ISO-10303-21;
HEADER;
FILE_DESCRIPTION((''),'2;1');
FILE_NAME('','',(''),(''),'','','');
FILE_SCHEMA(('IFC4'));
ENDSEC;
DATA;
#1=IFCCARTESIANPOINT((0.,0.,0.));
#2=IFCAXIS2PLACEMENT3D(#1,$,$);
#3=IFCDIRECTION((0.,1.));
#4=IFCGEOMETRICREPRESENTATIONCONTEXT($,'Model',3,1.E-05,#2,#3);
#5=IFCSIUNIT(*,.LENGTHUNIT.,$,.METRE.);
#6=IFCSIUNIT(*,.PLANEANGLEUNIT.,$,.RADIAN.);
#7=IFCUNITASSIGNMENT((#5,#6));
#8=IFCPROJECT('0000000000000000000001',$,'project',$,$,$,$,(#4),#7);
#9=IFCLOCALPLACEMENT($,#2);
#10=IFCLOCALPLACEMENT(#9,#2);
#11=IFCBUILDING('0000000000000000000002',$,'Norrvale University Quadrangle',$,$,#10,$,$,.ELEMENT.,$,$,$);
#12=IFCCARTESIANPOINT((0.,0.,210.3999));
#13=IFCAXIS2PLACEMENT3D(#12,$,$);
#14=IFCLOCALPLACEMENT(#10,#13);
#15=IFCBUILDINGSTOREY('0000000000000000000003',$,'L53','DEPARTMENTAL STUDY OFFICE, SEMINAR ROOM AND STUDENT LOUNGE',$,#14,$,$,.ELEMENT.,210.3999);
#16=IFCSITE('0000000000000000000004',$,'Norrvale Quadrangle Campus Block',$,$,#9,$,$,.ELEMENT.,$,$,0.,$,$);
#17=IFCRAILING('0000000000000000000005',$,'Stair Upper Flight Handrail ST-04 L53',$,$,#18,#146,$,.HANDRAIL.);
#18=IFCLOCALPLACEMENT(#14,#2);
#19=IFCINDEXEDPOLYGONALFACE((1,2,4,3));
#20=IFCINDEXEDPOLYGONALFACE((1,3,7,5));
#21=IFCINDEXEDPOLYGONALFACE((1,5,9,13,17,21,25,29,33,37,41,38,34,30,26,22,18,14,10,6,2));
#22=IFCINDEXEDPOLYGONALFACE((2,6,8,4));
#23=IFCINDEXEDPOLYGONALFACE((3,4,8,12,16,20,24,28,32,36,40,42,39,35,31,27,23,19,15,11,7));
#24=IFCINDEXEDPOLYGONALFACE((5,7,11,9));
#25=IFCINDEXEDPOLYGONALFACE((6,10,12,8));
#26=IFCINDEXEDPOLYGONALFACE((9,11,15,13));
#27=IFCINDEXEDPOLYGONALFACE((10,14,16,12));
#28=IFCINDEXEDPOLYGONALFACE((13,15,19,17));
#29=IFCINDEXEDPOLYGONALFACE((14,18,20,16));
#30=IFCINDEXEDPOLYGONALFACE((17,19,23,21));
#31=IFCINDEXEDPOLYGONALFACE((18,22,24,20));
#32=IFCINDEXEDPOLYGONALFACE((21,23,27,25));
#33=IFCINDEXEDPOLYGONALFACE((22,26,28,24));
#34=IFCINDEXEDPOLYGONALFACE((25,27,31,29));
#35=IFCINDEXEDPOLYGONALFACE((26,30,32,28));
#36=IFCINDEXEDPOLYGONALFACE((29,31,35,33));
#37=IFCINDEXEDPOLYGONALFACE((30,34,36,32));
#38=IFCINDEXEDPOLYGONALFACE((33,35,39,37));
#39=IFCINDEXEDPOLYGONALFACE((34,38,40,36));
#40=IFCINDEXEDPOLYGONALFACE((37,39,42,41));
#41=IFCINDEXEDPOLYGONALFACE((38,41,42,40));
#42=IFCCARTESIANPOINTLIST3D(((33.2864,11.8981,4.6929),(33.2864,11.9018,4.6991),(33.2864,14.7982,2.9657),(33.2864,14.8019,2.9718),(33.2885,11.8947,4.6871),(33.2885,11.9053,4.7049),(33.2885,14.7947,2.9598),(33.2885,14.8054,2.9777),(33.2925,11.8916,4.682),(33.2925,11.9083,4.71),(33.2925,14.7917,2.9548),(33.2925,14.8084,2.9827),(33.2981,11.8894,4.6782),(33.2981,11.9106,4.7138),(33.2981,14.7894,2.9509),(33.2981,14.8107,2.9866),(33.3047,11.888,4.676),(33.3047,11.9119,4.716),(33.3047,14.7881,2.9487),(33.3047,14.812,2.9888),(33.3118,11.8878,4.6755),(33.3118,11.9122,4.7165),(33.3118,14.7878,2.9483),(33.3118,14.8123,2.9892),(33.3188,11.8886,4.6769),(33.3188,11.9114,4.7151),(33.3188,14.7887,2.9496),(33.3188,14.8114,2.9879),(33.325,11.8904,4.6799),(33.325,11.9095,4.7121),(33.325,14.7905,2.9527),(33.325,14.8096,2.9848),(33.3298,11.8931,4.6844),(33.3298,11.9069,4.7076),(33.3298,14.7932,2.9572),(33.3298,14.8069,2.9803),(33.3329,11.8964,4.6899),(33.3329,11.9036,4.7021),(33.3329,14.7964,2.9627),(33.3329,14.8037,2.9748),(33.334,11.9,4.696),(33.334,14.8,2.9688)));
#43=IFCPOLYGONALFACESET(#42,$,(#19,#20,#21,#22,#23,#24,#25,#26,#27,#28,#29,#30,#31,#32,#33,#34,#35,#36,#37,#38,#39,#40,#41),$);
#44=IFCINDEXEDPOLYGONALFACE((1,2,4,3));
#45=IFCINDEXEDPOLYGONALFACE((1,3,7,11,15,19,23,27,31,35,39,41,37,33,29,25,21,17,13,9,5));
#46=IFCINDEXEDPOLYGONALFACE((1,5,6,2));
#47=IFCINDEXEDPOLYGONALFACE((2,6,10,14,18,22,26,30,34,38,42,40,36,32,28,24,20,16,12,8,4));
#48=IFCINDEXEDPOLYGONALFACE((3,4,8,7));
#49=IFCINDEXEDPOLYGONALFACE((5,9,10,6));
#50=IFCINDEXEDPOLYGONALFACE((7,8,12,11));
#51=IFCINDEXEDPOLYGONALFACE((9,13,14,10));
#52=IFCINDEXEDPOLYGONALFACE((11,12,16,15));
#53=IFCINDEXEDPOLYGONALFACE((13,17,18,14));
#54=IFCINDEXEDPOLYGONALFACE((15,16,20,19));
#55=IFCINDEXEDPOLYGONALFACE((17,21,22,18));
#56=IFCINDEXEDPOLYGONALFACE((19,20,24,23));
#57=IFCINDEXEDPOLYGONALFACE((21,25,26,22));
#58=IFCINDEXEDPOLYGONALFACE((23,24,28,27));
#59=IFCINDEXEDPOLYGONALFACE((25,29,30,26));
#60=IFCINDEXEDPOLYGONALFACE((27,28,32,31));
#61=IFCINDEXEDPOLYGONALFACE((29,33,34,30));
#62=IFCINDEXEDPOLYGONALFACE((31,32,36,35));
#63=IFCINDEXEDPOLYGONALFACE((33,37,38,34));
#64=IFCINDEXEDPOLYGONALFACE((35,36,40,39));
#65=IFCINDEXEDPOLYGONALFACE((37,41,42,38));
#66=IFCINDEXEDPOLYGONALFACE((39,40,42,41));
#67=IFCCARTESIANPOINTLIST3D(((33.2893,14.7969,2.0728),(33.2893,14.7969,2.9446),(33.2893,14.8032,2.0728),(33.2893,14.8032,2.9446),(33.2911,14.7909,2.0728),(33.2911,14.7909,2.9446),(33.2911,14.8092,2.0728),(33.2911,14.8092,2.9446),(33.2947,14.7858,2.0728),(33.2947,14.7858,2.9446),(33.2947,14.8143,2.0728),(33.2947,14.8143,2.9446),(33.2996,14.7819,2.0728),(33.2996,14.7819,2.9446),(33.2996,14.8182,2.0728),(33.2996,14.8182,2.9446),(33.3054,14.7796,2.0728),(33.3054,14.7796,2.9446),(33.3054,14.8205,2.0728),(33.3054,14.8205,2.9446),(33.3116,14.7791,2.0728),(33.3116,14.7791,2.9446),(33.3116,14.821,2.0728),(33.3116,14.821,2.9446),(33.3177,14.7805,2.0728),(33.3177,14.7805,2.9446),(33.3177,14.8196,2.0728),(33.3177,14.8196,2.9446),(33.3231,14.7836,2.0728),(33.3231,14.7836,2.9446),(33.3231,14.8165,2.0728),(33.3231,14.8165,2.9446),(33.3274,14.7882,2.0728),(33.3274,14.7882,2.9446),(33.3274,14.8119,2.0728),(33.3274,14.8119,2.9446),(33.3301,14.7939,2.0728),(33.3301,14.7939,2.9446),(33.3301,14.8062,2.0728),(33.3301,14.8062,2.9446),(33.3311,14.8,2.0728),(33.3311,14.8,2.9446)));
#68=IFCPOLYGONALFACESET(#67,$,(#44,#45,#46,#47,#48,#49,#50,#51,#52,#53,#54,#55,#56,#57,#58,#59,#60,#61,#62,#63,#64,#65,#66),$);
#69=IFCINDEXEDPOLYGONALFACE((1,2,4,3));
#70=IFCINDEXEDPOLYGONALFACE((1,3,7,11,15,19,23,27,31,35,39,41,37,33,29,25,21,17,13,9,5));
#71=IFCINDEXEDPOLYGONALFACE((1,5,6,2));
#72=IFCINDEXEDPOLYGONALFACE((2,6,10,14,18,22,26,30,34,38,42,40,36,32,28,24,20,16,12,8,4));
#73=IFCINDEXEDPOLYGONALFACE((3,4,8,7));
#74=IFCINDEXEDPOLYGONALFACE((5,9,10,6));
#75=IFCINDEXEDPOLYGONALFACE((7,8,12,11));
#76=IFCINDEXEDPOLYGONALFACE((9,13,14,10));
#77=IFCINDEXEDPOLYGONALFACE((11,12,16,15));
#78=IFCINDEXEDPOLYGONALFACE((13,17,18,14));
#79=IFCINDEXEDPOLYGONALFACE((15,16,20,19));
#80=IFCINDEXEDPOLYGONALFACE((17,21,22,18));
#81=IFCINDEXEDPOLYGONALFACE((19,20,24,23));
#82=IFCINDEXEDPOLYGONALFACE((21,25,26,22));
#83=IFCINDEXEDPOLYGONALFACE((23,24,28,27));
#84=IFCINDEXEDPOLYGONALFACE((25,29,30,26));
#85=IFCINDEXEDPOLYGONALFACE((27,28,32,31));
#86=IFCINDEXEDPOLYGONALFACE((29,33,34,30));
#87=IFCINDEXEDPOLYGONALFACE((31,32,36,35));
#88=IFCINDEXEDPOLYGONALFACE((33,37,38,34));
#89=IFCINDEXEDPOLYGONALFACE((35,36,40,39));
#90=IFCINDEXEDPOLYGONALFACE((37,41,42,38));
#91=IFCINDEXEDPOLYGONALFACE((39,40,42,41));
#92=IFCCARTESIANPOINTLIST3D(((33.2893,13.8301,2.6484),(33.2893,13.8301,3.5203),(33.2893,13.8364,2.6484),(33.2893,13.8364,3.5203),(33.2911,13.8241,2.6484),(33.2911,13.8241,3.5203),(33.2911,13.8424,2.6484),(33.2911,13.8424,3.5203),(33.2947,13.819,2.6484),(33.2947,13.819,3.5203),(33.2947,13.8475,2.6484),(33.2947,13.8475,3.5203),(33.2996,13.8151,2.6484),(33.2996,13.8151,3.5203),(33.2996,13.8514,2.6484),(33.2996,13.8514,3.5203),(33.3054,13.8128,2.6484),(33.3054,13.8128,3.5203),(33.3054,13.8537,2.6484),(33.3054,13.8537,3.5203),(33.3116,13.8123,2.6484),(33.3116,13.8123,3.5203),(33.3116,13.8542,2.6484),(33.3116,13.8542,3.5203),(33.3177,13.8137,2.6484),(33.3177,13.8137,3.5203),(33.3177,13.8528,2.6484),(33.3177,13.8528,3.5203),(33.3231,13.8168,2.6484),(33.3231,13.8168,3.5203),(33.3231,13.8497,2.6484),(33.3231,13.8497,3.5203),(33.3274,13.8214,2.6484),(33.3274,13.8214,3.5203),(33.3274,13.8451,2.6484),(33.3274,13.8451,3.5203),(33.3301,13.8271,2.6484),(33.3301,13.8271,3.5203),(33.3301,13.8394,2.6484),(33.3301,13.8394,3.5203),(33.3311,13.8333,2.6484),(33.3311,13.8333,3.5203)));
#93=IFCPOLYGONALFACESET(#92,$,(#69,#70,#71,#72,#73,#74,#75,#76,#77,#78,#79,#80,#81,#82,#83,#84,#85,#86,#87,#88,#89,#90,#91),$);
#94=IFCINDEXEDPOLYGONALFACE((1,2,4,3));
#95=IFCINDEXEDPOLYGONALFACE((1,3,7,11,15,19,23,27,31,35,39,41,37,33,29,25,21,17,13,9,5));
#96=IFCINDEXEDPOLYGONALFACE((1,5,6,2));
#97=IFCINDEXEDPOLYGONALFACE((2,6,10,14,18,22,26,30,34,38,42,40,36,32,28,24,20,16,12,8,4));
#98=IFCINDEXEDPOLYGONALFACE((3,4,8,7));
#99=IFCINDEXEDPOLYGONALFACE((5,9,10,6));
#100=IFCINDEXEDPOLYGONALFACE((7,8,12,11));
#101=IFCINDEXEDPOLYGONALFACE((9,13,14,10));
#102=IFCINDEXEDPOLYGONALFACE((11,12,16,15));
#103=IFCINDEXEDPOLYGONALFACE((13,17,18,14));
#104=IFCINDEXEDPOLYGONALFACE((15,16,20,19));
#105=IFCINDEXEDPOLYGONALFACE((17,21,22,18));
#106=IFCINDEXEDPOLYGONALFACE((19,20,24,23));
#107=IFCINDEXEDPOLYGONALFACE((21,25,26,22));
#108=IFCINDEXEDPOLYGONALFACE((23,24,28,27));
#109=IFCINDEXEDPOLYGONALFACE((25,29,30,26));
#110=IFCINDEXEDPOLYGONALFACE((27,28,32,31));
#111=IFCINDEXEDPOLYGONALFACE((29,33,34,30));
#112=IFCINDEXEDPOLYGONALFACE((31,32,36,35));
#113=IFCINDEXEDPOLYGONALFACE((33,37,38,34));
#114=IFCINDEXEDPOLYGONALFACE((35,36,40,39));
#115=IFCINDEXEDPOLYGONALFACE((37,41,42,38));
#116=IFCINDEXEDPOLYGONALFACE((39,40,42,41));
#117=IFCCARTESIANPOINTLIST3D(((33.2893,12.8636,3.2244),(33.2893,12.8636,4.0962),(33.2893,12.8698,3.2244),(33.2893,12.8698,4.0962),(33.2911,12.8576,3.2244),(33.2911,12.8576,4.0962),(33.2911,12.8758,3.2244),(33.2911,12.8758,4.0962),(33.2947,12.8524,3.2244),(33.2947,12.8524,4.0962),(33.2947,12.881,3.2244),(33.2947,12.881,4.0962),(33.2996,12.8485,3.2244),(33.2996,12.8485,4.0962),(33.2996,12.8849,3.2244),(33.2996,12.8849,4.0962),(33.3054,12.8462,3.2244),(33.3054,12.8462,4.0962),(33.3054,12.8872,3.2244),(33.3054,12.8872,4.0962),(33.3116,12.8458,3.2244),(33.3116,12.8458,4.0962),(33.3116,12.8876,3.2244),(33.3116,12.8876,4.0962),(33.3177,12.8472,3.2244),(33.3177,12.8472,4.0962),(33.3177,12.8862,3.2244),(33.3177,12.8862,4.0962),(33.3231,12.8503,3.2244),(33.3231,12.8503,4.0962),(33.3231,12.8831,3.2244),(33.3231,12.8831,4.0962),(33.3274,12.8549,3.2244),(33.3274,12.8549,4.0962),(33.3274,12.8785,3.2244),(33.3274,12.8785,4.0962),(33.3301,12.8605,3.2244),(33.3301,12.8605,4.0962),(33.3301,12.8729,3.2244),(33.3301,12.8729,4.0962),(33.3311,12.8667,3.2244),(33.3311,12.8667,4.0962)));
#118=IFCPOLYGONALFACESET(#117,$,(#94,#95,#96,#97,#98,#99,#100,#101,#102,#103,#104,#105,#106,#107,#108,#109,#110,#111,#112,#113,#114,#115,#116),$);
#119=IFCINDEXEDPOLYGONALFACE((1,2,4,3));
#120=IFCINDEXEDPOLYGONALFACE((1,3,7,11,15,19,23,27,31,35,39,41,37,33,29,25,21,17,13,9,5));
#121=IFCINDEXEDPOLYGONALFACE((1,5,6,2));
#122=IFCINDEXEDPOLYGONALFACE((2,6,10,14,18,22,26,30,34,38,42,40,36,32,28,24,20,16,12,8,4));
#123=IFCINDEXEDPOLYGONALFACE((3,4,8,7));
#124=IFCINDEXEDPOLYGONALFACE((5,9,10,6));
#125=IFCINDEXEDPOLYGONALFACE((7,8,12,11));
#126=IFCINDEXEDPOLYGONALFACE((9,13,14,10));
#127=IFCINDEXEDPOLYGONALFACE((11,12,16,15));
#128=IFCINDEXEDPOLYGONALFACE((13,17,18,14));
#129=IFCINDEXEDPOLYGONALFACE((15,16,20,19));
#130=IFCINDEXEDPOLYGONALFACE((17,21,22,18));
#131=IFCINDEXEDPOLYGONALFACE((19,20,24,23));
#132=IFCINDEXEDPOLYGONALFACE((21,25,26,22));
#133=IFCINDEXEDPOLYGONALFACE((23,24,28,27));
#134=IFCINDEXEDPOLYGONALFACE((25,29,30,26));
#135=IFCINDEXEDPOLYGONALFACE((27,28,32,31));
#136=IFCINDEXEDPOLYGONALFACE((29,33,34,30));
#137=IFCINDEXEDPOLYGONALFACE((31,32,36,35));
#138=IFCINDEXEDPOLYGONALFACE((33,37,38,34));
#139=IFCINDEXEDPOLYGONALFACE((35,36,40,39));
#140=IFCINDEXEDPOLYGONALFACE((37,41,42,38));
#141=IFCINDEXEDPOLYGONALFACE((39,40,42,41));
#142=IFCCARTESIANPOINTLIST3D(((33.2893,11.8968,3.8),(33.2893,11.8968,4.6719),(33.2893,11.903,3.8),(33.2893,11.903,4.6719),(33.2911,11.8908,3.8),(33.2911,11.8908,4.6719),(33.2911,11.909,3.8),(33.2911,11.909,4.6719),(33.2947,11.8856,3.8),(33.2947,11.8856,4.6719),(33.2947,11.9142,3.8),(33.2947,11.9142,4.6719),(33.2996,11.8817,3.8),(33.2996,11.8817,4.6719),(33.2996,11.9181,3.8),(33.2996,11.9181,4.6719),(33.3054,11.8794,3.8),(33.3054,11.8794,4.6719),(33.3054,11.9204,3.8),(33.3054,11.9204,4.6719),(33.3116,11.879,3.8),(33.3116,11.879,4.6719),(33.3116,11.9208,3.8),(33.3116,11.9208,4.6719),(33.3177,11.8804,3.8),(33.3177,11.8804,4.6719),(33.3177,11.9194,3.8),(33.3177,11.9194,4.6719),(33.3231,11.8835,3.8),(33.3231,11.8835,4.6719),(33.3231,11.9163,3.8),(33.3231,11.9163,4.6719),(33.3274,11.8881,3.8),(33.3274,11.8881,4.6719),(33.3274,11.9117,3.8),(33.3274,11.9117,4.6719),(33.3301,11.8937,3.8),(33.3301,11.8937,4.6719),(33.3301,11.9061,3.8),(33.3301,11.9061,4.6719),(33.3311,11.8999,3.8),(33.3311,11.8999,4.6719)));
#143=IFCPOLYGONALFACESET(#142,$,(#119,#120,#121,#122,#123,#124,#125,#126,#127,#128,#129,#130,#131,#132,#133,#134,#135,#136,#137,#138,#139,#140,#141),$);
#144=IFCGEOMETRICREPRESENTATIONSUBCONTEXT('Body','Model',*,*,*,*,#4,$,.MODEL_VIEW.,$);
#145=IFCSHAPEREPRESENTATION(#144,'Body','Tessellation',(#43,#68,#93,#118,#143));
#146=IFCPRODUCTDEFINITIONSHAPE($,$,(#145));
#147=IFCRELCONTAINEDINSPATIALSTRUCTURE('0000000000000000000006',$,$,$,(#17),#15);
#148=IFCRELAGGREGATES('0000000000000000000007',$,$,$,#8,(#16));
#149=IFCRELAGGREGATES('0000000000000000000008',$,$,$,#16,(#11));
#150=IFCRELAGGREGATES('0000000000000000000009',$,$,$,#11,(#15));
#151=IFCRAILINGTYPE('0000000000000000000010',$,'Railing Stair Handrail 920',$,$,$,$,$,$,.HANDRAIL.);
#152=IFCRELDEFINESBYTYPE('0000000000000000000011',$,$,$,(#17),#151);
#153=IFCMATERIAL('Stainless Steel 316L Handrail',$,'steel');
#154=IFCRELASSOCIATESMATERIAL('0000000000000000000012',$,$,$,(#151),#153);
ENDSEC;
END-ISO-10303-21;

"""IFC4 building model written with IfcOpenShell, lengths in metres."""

from ifc_helpers import new_model, si_unit, direction, frame, origin, origin_2d, place, context, subcontext, project, spatial, circle, extrude, material, type_object, element, save


model = new_model("IFC4")

# Units and contexts
model_context = context("Model", 3, precision=1e-05, world=origin(), true_north=direction((0.0, 1.0)))
body_context = subcontext(model_context, "Body", "Model", "MODEL_VIEW")
ifc_project = project(units=[si_unit("LENGTHUNIT", "METRE"), si_unit("PLANEANGLEUNIT", "RADIAN")], contexts=[model_context])

# Site, building, storey
site_placement = place(None, origin())
site = spatial("IfcSite", under=ifc_project, at=site_placement, Name="Norrvale Quadrangle Campus Block", CompositionType="ELEMENT", RefElevation=0.0)
building_placement = place(site_placement, origin())
building = spatial("IfcBuilding", under=site, at=building_placement, Name="Norrvale University Quadrangle", CompositionType="ELEMENT")
storey_placement = place(building_placement, frame((0.0, 0.0, 210.3999)))
storey = spatial("IfcBuildingStorey", under=building, at=storey_placement, Name="L53", Description="DEPARTMENTAL STUDY OFFICE, SEMINAR ROOM AND STUDENT LOUNGE", CompositionType="ELEMENT", Elevation=210.3999)

# Railing
ifc_material_1 = material(Name="Stainless Steel 316L Handrail", Category="steel")
railing_type_1 = type_object("IfcRailingType", Name="Railing Stair Handrail 920", PredefinedType="HANDRAIL", material=ifc_material_1)
railing_1_placement = place(storey_placement, frame((33.3101, 14.8, 2.0728)))
element("IfcRailing", 1, at=railing_1_placement, inside=storey, type_object=railing_type_1, Name="Stair Upper Flight Handrail ST-04 L53", PredefinedType="HANDRAIL", context=body_context, shape_type="SweptSolid", body=[
    extrude(circle(Radius=0.0239, at=origin_2d()), frame((0.0, 0.0, 0.896), z_axis=(0.0, -0.85916, 0.511706), x_axis=(1.0, 0.0, 0.0)), (0.0, 0.0, 1.0), 3.3755),
    extrude(circle(Radius=0.021, at=origin_2d()), origin(), (0.0, 0.0, 1.0), 0.8718),
    extrude(circle(Radius=0.021, at=origin_2d()), frame((0.0, -0.9668, 0.5757)), (0.0, 0.0, 1.0), 0.8718),
    extrude(circle(Radius=0.021, at=origin_2d()), frame((0.0, -1.9333, 1.1516)), (0.0, 0.0, 1.0), 0.8718),
    extrude(circle(Radius=0.021, at=origin_2d()), frame((0.0, -2.9001, 1.7273)), (0.0, 0.0, 1.0), 0.8718),
])

save(model, "model.ifc")
